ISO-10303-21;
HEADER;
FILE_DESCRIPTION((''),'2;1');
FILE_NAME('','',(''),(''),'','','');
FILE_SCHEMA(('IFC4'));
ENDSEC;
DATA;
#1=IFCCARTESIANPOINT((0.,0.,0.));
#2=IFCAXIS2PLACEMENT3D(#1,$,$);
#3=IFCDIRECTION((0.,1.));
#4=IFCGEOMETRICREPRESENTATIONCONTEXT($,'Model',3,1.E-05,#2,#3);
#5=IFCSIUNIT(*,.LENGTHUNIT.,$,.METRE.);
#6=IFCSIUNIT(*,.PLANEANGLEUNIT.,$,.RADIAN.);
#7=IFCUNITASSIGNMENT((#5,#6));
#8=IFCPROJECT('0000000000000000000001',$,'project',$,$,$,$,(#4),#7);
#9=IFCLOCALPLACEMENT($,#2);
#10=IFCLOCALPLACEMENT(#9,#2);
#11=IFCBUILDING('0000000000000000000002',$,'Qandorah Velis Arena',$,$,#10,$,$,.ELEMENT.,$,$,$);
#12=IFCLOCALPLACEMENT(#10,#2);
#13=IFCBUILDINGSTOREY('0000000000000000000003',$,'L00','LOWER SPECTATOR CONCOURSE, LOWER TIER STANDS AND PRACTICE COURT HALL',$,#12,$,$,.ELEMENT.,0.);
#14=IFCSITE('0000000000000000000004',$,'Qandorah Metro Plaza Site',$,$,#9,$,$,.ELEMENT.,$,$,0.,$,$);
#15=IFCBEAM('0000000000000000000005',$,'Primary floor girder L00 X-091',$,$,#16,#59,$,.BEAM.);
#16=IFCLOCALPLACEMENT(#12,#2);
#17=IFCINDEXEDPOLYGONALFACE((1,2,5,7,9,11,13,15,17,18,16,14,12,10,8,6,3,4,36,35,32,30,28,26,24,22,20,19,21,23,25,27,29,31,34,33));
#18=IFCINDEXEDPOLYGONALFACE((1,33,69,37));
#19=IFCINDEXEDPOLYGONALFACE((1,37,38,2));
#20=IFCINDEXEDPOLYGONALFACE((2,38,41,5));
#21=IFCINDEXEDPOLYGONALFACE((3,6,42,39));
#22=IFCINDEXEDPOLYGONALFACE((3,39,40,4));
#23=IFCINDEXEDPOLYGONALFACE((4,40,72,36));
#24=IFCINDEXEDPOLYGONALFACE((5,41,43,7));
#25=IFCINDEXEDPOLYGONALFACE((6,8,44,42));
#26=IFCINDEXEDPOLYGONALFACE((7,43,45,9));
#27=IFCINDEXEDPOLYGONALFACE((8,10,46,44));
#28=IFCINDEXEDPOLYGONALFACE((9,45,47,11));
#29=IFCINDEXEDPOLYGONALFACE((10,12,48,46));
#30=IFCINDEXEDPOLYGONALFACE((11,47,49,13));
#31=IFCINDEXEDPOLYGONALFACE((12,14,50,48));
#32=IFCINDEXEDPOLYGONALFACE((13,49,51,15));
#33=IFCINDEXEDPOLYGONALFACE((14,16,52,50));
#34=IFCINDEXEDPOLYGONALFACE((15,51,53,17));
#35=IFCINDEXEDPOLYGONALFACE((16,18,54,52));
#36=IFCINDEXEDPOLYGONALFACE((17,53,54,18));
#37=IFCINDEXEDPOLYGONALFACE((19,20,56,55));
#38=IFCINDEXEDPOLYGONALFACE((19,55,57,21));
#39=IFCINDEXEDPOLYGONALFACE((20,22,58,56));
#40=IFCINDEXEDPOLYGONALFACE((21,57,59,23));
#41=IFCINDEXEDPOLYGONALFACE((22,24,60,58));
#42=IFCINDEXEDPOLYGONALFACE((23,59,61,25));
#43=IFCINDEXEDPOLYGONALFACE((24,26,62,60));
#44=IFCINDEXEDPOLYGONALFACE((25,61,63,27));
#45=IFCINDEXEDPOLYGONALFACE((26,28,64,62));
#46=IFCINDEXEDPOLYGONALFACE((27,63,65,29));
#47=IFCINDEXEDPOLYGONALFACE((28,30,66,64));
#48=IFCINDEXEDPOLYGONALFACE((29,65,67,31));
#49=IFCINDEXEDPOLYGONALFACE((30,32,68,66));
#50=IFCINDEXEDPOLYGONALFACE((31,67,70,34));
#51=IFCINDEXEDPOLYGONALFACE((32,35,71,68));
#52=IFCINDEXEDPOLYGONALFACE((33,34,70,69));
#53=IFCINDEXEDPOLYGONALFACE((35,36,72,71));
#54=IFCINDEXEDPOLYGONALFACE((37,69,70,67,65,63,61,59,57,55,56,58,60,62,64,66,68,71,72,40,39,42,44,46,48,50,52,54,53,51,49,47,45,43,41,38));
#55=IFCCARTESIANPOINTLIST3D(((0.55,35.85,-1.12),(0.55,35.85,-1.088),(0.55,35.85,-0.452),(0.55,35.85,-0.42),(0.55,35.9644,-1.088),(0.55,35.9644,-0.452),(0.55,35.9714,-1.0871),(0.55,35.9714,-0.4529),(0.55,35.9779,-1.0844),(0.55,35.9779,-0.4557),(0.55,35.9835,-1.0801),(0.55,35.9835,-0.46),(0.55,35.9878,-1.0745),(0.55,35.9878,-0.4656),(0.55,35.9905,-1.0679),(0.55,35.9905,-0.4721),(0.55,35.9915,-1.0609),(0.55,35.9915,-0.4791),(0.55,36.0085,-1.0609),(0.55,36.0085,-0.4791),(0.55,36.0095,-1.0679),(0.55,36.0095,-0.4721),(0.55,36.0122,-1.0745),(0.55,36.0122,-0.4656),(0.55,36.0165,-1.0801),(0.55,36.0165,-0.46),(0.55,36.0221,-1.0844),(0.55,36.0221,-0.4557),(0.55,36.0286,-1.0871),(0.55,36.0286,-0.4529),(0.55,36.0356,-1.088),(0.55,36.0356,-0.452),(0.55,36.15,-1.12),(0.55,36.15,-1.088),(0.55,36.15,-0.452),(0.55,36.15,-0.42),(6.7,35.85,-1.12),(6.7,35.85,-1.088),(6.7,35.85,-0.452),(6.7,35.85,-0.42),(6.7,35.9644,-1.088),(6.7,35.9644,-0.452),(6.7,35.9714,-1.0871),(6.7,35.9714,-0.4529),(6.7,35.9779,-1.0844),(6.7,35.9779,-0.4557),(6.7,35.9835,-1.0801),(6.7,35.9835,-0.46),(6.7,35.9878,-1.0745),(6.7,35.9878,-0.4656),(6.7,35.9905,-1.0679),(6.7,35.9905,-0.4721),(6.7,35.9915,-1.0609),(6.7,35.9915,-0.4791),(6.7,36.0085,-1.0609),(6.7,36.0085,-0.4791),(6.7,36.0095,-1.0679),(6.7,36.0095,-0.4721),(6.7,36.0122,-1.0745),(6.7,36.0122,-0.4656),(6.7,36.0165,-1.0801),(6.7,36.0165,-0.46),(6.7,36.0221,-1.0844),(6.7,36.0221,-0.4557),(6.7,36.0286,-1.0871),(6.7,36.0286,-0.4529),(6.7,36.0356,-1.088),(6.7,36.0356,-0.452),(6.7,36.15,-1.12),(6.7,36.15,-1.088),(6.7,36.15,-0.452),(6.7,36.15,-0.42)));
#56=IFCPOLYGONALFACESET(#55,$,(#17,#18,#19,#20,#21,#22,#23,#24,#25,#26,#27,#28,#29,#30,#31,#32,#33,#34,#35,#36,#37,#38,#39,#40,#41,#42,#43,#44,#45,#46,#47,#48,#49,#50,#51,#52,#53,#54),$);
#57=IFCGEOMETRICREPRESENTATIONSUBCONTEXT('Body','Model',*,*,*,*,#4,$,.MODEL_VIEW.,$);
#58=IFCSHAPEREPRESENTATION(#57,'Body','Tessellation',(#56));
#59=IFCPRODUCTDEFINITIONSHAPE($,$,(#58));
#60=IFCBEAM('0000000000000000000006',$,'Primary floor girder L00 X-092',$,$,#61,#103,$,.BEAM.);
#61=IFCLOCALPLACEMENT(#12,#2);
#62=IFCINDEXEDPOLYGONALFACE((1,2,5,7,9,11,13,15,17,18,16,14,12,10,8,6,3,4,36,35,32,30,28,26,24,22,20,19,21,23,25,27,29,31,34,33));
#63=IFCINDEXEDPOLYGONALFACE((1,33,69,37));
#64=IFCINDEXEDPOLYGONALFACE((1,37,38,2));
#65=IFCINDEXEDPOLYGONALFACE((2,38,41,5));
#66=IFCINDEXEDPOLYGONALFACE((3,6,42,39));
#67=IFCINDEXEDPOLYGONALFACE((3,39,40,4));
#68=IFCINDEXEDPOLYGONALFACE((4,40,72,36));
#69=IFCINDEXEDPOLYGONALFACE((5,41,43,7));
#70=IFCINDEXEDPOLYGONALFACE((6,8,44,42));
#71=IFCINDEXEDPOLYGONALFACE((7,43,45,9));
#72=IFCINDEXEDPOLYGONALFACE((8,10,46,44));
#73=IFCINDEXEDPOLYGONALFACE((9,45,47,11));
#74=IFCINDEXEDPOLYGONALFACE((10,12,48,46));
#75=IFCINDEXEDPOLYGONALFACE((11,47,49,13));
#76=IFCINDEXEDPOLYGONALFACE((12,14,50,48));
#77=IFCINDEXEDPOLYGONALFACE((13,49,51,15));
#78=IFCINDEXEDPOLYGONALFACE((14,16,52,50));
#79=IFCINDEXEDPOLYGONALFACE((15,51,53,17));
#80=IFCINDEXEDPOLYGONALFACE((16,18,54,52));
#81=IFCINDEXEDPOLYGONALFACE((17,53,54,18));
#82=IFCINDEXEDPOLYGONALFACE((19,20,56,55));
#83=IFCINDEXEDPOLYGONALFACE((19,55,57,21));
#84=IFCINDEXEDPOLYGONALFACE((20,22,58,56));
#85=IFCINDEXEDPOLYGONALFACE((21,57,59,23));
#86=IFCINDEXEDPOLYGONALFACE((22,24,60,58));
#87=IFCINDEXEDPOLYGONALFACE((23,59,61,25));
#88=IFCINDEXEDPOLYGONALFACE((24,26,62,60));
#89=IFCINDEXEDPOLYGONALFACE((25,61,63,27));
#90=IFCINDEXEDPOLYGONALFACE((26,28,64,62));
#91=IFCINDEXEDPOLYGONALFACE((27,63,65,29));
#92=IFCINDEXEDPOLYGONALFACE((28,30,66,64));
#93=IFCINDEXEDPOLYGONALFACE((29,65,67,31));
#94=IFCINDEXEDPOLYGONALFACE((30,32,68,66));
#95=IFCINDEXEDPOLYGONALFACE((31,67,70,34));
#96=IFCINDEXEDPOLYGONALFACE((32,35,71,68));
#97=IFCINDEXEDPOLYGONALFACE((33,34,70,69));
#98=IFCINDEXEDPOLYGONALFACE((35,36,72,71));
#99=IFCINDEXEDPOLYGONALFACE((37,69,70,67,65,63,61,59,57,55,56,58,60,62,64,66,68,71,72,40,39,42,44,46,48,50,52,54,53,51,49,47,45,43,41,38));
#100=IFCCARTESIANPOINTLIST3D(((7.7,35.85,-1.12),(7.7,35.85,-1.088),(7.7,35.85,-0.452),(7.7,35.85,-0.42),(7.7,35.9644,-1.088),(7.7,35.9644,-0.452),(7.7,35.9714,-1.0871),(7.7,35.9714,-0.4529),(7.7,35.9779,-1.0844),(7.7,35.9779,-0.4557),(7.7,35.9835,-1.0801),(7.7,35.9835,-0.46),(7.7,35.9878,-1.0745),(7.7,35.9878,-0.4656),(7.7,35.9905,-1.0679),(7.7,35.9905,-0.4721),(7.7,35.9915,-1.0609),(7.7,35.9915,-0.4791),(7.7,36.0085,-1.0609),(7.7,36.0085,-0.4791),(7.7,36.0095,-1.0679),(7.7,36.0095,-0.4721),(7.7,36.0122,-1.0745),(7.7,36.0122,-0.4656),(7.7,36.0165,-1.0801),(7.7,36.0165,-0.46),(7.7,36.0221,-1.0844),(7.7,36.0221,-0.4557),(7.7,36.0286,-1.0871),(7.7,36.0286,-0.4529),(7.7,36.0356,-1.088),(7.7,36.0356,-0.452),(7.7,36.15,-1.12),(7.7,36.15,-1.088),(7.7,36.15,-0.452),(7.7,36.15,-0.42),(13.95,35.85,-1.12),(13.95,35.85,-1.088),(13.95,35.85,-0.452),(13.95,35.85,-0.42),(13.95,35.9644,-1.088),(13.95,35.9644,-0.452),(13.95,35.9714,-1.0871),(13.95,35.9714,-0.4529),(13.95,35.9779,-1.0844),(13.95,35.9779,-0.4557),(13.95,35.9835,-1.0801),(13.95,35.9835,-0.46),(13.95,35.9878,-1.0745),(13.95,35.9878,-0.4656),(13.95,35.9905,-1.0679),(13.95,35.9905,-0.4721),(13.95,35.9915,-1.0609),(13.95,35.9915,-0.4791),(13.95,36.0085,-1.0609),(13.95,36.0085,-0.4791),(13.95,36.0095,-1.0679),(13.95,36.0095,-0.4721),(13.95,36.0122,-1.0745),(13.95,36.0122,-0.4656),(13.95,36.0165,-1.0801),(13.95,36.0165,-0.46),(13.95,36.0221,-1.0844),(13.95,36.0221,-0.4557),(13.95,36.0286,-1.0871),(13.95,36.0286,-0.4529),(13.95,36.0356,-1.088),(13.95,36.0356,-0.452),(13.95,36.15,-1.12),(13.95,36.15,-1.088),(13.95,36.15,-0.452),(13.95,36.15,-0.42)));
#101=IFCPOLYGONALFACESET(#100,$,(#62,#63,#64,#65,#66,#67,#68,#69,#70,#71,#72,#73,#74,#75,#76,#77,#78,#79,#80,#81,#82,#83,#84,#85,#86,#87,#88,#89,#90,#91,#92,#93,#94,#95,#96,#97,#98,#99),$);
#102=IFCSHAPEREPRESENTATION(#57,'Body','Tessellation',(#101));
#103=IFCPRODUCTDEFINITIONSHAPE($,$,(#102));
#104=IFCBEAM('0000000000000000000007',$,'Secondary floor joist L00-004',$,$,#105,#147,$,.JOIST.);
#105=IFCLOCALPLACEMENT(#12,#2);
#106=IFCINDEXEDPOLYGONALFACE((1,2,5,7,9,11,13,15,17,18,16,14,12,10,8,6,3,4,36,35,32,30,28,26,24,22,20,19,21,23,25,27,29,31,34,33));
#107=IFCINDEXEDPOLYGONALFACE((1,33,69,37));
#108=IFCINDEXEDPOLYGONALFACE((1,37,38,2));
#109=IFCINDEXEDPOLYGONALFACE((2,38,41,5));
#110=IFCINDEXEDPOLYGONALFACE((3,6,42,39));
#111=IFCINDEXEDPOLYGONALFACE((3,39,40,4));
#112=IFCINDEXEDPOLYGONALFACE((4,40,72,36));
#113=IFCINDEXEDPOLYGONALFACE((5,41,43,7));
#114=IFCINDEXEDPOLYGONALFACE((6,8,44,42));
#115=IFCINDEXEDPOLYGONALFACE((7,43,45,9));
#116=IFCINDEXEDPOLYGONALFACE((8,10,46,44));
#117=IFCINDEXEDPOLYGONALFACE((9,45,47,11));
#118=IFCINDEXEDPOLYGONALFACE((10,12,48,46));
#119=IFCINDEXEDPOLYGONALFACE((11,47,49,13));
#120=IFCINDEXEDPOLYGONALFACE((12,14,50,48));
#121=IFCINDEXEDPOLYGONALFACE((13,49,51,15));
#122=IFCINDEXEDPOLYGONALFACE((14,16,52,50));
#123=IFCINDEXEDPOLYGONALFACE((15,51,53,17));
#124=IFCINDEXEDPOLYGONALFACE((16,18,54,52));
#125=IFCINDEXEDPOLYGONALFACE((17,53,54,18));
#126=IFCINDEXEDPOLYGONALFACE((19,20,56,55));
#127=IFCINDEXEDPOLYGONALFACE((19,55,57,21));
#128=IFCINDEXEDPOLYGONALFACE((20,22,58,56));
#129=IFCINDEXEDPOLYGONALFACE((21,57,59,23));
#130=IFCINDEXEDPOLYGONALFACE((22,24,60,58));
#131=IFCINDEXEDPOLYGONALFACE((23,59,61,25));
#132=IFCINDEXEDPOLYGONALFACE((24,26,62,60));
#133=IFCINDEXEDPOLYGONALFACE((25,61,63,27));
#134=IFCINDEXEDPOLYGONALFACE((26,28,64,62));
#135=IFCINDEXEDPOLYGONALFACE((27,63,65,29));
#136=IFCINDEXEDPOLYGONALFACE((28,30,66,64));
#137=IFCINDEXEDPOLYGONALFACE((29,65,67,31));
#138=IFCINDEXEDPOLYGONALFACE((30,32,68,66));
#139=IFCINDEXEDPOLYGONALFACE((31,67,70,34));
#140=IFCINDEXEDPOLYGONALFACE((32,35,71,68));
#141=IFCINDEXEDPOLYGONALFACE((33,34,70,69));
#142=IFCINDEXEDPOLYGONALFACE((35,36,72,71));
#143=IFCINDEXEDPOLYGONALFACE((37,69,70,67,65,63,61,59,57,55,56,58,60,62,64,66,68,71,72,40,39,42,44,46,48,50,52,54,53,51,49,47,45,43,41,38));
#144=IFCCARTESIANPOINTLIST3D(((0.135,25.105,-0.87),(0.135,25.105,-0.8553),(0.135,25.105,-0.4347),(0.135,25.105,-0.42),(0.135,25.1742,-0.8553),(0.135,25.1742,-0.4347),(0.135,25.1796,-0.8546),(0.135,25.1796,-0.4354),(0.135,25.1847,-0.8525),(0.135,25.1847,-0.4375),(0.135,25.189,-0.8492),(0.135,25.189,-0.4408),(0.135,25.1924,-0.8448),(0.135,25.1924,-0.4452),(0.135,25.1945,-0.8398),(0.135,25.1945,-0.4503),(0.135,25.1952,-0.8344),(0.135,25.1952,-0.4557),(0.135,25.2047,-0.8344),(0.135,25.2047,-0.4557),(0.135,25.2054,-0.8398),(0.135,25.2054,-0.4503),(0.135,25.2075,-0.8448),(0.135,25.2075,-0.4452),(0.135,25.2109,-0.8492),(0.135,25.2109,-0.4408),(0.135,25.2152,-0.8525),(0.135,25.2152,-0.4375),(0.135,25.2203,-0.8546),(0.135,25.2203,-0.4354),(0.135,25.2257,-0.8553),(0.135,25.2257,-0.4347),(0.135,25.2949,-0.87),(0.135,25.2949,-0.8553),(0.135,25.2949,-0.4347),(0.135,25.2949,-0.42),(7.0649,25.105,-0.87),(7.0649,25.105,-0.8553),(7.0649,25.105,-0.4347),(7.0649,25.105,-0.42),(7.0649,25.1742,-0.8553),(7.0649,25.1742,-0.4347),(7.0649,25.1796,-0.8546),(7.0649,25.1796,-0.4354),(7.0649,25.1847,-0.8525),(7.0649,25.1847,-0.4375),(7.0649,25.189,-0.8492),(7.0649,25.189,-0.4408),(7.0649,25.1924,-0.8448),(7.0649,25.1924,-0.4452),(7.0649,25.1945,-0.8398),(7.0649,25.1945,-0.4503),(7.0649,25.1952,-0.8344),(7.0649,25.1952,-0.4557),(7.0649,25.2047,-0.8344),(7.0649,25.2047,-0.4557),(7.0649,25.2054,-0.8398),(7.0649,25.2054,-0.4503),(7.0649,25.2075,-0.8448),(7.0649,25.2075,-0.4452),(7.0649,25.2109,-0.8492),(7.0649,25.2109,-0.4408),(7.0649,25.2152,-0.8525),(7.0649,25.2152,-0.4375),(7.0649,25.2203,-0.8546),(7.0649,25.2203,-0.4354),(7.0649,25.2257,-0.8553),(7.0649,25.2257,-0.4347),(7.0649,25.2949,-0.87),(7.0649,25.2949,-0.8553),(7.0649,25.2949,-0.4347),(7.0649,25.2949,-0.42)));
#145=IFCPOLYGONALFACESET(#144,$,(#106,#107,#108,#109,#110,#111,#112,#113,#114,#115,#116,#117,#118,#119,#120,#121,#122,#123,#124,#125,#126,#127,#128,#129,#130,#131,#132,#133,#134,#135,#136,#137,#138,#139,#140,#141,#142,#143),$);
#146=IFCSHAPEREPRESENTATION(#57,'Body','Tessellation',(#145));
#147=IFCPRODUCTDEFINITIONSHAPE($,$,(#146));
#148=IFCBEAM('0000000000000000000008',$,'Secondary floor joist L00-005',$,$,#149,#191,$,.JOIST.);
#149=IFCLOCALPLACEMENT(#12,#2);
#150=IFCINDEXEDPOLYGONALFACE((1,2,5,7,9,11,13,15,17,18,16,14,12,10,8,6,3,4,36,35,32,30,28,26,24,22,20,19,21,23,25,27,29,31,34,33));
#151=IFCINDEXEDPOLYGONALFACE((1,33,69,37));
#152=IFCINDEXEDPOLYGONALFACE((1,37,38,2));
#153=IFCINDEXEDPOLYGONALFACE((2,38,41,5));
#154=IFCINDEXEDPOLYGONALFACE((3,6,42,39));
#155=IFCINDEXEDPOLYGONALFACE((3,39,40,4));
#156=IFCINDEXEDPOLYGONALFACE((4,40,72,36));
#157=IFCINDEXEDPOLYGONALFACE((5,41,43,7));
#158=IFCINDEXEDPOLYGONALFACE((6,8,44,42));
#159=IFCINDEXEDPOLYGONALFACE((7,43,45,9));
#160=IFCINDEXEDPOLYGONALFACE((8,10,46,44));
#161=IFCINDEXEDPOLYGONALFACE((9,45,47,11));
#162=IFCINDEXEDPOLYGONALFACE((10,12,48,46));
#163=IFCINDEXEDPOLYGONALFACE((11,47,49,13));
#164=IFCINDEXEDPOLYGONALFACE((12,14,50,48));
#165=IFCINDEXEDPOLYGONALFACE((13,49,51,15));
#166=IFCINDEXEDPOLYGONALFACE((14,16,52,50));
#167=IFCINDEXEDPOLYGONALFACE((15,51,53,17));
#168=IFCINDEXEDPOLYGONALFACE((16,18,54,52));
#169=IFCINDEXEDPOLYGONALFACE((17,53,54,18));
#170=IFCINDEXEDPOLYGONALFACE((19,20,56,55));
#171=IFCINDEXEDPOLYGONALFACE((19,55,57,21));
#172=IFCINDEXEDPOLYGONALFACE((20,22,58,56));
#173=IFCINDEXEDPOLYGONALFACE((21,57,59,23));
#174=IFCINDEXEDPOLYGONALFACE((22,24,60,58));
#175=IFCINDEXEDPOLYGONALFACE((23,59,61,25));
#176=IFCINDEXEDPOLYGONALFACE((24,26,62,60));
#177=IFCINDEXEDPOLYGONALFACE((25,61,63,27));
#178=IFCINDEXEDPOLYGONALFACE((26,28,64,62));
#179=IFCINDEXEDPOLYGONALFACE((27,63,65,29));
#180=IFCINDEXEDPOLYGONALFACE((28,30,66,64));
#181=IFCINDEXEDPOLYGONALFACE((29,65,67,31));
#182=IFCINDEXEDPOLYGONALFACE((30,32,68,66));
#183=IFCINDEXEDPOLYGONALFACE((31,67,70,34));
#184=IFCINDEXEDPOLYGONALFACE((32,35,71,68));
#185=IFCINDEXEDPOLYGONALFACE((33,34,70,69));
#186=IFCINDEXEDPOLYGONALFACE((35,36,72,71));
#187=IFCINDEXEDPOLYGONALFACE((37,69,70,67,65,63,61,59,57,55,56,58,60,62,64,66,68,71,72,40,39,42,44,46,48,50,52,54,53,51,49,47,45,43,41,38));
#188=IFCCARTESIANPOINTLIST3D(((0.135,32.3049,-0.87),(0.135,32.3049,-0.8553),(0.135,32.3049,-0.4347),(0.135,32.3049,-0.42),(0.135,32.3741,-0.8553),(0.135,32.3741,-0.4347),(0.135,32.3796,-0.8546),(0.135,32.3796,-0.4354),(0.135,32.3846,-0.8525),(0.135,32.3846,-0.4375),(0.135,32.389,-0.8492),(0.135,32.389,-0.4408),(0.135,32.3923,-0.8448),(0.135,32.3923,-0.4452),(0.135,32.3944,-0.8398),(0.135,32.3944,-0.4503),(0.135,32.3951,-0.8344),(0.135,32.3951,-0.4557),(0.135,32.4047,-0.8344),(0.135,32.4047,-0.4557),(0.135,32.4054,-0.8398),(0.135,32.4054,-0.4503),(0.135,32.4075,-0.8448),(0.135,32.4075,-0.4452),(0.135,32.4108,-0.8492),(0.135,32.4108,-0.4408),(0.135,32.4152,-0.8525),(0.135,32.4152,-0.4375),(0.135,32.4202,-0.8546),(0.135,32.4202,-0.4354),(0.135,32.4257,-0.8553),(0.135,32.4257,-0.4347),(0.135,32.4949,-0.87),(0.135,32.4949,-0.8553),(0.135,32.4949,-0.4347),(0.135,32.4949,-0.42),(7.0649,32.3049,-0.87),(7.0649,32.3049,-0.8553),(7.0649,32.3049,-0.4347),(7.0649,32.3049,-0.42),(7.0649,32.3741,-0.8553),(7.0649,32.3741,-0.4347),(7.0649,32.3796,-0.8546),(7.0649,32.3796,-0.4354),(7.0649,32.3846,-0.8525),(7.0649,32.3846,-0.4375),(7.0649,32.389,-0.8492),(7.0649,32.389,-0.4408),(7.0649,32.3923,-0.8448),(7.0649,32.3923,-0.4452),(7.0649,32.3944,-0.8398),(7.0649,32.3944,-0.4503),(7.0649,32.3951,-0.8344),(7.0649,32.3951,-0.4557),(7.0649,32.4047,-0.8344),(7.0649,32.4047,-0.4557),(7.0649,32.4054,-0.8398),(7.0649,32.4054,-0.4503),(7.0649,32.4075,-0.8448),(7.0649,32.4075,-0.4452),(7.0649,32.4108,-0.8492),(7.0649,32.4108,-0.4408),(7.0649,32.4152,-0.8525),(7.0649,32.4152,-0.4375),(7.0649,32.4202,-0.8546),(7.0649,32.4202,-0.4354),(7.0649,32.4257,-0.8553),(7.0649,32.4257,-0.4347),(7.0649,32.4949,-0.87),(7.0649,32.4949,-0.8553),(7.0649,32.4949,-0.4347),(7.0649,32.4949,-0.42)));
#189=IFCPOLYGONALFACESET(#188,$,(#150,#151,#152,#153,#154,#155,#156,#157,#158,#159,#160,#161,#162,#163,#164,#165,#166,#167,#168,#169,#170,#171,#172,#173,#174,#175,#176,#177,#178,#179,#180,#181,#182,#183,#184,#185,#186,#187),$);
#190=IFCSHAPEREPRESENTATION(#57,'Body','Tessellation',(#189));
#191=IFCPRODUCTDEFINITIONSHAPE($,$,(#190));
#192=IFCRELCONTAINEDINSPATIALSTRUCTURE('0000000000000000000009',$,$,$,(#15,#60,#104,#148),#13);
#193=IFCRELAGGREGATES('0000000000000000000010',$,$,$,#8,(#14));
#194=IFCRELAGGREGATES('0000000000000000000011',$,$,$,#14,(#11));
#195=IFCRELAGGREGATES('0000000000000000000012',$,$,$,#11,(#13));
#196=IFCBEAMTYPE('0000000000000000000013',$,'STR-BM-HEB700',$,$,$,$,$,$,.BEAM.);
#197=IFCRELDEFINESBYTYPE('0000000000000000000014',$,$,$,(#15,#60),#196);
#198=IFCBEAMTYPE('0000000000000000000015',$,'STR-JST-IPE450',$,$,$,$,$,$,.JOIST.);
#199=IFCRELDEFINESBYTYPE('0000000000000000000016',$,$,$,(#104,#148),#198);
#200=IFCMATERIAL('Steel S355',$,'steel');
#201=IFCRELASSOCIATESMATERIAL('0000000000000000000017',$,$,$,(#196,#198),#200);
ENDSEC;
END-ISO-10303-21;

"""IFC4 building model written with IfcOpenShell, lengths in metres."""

from ifc_helpers import new_model, si_unit, direction, frame, origin, origin_2d, place, context, subcontext, project, spatial, i_section, extrude, material, material_profile, profile_set, type_object, element, save


model = new_model("IFC4")

# Units and contexts
model_context = context("Model", 3, precision=1e-05, world=origin(), true_north=direction((0.0, 1.0)))
body_context = subcontext(model_context, "Body", "Model", "MODEL_VIEW")
ifc_project = project(units=[si_unit("LENGTHUNIT", "METRE"), si_unit("PLANEANGLEUNIT", "RADIAN")], contexts=[model_context])

# Site, building, storey
site_placement = place(None, origin())
site = spatial("IfcSite", under=ifc_project, at=site_placement, Name="Qandorah Metro Plaza Site", CompositionType="ELEMENT", RefElevation=0.0)
building_placement = place(site_placement, origin())
building = spatial("IfcBuilding", under=site, at=building_placement, Name="Qandorah Velis Arena", CompositionType="ELEMENT")
storey_placement = place(building_placement, origin())
storey = spatial("IfcBuildingStorey", under=building, at=storey_placement, Name="L00", Description="LOWER SPECTATOR CONCOURSE, LOWER TIER STANDS AND PRACTICE COURT HALL", CompositionType="ELEMENT", Elevation=0.0)

# Beams
ifc_material_1 = material(Name="Steel S355", Category="steel")
ifc_material_profile_1 = material_profile(ifc_material_1, i_section(OverallWidth=0.3, OverallDepth=0.7, WebThickness=0.0171, FlangeThickness=0.032, FilletRadius=0.0271, at=origin_2d()), Name="HEB 700")
ifc_profile_set_1 = profile_set([ifc_material_profile_1], Name="Steel S355")
beam_type_1 = type_object("IfcBeamType", Name="STR-BM-HEB700", PredefinedType="BEAM", material=ifc_profile_set_1)
beam_1_placement = place(storey_placement, frame((0.55, 36.0, -0.77), z_axis=(1.0, 0.0, 0.0), x_axis=(0.0, 1.0, 0.0)))
element("IfcBeam", 1, at=beam_1_placement, inside=storey, type_object=beam_type_1, Name="Primary floor girder L00 X-091", PredefinedType="BEAM", context=body_context, shape_type="SweptSolid", body=[
    extrude(i_section(OverallWidth=0.3, OverallDepth=0.7, WebThickness=0.0171, FlangeThickness=0.032, FilletRadius=0.0271, at=origin_2d()), origin(), (0.0, 0.0, 1.0), 6.1499),
])
beam_2_placement = place(storey_placement, frame((7.7, 36.0, -0.77), z_axis=(1.0, 0.0, 0.0), x_axis=(0.0, 1.0, 0.0)))
element("IfcBeam", 2, at=beam_2_placement, inside=storey, type_object=beam_type_1, Name="Primary floor girder L00 X-092", PredefinedType="BEAM", context=body_context, shape_type="SweptSolid", body=[
    extrude(i_section(OverallWidth=0.3, OverallDepth=0.7, WebThickness=0.0171, FlangeThickness=0.032, FilletRadius=0.0271, at=origin_2d()), origin(), (0.0, 0.0, 1.0), 6.25),
])
ifc_material_profile_2 = material_profile(ifc_material_1, i_section(OverallWidth=0.1899, OverallDepth=0.45, WebThickness=0.0095, FlangeThickness=0.0146, FilletRadius=0.021, at=origin_2d()), Name="IPE 450")
ifc_profile_set_2 = profile_set([ifc_material_profile_2], Name="Steel S355")
beam_type_2 = type_object("IfcBeamType", Name="STR-JST-IPE450", PredefinedType="JOIST", material=ifc_profile_set_2)
for number, where, z_axis, x_axis, name in (
    (3, (0.135, 25.2, -0.645), (1.0, 0.0, 0.0), (0.0, 1.0, 0.0), "Secondary floor joist L00-004"),
    (4, (0.135, 32.3999, -0.645), (1.0, 0.0, 0.0), (0.0, 1.0, 0.0), "Secondary floor joist L00-005"),
):
    element("IfcBeam", number, at=place(storey_placement, frame(where, z_axis=z_axis, x_axis=x_axis)), inside=storey, type_object=beam_type_2, Name=name, PredefinedType="JOIST", context=body_context, shape_type="SweptSolid", body=[
        extrude(i_section(OverallWidth=0.1899, OverallDepth=0.45, WebThickness=0.0095, FlangeThickness=0.0146, FilletRadius=0.021, at=origin_2d()), origin(), (0.0, 0.0, 1.0), 6.9299),
    ])

save(model, "model.ifc")
